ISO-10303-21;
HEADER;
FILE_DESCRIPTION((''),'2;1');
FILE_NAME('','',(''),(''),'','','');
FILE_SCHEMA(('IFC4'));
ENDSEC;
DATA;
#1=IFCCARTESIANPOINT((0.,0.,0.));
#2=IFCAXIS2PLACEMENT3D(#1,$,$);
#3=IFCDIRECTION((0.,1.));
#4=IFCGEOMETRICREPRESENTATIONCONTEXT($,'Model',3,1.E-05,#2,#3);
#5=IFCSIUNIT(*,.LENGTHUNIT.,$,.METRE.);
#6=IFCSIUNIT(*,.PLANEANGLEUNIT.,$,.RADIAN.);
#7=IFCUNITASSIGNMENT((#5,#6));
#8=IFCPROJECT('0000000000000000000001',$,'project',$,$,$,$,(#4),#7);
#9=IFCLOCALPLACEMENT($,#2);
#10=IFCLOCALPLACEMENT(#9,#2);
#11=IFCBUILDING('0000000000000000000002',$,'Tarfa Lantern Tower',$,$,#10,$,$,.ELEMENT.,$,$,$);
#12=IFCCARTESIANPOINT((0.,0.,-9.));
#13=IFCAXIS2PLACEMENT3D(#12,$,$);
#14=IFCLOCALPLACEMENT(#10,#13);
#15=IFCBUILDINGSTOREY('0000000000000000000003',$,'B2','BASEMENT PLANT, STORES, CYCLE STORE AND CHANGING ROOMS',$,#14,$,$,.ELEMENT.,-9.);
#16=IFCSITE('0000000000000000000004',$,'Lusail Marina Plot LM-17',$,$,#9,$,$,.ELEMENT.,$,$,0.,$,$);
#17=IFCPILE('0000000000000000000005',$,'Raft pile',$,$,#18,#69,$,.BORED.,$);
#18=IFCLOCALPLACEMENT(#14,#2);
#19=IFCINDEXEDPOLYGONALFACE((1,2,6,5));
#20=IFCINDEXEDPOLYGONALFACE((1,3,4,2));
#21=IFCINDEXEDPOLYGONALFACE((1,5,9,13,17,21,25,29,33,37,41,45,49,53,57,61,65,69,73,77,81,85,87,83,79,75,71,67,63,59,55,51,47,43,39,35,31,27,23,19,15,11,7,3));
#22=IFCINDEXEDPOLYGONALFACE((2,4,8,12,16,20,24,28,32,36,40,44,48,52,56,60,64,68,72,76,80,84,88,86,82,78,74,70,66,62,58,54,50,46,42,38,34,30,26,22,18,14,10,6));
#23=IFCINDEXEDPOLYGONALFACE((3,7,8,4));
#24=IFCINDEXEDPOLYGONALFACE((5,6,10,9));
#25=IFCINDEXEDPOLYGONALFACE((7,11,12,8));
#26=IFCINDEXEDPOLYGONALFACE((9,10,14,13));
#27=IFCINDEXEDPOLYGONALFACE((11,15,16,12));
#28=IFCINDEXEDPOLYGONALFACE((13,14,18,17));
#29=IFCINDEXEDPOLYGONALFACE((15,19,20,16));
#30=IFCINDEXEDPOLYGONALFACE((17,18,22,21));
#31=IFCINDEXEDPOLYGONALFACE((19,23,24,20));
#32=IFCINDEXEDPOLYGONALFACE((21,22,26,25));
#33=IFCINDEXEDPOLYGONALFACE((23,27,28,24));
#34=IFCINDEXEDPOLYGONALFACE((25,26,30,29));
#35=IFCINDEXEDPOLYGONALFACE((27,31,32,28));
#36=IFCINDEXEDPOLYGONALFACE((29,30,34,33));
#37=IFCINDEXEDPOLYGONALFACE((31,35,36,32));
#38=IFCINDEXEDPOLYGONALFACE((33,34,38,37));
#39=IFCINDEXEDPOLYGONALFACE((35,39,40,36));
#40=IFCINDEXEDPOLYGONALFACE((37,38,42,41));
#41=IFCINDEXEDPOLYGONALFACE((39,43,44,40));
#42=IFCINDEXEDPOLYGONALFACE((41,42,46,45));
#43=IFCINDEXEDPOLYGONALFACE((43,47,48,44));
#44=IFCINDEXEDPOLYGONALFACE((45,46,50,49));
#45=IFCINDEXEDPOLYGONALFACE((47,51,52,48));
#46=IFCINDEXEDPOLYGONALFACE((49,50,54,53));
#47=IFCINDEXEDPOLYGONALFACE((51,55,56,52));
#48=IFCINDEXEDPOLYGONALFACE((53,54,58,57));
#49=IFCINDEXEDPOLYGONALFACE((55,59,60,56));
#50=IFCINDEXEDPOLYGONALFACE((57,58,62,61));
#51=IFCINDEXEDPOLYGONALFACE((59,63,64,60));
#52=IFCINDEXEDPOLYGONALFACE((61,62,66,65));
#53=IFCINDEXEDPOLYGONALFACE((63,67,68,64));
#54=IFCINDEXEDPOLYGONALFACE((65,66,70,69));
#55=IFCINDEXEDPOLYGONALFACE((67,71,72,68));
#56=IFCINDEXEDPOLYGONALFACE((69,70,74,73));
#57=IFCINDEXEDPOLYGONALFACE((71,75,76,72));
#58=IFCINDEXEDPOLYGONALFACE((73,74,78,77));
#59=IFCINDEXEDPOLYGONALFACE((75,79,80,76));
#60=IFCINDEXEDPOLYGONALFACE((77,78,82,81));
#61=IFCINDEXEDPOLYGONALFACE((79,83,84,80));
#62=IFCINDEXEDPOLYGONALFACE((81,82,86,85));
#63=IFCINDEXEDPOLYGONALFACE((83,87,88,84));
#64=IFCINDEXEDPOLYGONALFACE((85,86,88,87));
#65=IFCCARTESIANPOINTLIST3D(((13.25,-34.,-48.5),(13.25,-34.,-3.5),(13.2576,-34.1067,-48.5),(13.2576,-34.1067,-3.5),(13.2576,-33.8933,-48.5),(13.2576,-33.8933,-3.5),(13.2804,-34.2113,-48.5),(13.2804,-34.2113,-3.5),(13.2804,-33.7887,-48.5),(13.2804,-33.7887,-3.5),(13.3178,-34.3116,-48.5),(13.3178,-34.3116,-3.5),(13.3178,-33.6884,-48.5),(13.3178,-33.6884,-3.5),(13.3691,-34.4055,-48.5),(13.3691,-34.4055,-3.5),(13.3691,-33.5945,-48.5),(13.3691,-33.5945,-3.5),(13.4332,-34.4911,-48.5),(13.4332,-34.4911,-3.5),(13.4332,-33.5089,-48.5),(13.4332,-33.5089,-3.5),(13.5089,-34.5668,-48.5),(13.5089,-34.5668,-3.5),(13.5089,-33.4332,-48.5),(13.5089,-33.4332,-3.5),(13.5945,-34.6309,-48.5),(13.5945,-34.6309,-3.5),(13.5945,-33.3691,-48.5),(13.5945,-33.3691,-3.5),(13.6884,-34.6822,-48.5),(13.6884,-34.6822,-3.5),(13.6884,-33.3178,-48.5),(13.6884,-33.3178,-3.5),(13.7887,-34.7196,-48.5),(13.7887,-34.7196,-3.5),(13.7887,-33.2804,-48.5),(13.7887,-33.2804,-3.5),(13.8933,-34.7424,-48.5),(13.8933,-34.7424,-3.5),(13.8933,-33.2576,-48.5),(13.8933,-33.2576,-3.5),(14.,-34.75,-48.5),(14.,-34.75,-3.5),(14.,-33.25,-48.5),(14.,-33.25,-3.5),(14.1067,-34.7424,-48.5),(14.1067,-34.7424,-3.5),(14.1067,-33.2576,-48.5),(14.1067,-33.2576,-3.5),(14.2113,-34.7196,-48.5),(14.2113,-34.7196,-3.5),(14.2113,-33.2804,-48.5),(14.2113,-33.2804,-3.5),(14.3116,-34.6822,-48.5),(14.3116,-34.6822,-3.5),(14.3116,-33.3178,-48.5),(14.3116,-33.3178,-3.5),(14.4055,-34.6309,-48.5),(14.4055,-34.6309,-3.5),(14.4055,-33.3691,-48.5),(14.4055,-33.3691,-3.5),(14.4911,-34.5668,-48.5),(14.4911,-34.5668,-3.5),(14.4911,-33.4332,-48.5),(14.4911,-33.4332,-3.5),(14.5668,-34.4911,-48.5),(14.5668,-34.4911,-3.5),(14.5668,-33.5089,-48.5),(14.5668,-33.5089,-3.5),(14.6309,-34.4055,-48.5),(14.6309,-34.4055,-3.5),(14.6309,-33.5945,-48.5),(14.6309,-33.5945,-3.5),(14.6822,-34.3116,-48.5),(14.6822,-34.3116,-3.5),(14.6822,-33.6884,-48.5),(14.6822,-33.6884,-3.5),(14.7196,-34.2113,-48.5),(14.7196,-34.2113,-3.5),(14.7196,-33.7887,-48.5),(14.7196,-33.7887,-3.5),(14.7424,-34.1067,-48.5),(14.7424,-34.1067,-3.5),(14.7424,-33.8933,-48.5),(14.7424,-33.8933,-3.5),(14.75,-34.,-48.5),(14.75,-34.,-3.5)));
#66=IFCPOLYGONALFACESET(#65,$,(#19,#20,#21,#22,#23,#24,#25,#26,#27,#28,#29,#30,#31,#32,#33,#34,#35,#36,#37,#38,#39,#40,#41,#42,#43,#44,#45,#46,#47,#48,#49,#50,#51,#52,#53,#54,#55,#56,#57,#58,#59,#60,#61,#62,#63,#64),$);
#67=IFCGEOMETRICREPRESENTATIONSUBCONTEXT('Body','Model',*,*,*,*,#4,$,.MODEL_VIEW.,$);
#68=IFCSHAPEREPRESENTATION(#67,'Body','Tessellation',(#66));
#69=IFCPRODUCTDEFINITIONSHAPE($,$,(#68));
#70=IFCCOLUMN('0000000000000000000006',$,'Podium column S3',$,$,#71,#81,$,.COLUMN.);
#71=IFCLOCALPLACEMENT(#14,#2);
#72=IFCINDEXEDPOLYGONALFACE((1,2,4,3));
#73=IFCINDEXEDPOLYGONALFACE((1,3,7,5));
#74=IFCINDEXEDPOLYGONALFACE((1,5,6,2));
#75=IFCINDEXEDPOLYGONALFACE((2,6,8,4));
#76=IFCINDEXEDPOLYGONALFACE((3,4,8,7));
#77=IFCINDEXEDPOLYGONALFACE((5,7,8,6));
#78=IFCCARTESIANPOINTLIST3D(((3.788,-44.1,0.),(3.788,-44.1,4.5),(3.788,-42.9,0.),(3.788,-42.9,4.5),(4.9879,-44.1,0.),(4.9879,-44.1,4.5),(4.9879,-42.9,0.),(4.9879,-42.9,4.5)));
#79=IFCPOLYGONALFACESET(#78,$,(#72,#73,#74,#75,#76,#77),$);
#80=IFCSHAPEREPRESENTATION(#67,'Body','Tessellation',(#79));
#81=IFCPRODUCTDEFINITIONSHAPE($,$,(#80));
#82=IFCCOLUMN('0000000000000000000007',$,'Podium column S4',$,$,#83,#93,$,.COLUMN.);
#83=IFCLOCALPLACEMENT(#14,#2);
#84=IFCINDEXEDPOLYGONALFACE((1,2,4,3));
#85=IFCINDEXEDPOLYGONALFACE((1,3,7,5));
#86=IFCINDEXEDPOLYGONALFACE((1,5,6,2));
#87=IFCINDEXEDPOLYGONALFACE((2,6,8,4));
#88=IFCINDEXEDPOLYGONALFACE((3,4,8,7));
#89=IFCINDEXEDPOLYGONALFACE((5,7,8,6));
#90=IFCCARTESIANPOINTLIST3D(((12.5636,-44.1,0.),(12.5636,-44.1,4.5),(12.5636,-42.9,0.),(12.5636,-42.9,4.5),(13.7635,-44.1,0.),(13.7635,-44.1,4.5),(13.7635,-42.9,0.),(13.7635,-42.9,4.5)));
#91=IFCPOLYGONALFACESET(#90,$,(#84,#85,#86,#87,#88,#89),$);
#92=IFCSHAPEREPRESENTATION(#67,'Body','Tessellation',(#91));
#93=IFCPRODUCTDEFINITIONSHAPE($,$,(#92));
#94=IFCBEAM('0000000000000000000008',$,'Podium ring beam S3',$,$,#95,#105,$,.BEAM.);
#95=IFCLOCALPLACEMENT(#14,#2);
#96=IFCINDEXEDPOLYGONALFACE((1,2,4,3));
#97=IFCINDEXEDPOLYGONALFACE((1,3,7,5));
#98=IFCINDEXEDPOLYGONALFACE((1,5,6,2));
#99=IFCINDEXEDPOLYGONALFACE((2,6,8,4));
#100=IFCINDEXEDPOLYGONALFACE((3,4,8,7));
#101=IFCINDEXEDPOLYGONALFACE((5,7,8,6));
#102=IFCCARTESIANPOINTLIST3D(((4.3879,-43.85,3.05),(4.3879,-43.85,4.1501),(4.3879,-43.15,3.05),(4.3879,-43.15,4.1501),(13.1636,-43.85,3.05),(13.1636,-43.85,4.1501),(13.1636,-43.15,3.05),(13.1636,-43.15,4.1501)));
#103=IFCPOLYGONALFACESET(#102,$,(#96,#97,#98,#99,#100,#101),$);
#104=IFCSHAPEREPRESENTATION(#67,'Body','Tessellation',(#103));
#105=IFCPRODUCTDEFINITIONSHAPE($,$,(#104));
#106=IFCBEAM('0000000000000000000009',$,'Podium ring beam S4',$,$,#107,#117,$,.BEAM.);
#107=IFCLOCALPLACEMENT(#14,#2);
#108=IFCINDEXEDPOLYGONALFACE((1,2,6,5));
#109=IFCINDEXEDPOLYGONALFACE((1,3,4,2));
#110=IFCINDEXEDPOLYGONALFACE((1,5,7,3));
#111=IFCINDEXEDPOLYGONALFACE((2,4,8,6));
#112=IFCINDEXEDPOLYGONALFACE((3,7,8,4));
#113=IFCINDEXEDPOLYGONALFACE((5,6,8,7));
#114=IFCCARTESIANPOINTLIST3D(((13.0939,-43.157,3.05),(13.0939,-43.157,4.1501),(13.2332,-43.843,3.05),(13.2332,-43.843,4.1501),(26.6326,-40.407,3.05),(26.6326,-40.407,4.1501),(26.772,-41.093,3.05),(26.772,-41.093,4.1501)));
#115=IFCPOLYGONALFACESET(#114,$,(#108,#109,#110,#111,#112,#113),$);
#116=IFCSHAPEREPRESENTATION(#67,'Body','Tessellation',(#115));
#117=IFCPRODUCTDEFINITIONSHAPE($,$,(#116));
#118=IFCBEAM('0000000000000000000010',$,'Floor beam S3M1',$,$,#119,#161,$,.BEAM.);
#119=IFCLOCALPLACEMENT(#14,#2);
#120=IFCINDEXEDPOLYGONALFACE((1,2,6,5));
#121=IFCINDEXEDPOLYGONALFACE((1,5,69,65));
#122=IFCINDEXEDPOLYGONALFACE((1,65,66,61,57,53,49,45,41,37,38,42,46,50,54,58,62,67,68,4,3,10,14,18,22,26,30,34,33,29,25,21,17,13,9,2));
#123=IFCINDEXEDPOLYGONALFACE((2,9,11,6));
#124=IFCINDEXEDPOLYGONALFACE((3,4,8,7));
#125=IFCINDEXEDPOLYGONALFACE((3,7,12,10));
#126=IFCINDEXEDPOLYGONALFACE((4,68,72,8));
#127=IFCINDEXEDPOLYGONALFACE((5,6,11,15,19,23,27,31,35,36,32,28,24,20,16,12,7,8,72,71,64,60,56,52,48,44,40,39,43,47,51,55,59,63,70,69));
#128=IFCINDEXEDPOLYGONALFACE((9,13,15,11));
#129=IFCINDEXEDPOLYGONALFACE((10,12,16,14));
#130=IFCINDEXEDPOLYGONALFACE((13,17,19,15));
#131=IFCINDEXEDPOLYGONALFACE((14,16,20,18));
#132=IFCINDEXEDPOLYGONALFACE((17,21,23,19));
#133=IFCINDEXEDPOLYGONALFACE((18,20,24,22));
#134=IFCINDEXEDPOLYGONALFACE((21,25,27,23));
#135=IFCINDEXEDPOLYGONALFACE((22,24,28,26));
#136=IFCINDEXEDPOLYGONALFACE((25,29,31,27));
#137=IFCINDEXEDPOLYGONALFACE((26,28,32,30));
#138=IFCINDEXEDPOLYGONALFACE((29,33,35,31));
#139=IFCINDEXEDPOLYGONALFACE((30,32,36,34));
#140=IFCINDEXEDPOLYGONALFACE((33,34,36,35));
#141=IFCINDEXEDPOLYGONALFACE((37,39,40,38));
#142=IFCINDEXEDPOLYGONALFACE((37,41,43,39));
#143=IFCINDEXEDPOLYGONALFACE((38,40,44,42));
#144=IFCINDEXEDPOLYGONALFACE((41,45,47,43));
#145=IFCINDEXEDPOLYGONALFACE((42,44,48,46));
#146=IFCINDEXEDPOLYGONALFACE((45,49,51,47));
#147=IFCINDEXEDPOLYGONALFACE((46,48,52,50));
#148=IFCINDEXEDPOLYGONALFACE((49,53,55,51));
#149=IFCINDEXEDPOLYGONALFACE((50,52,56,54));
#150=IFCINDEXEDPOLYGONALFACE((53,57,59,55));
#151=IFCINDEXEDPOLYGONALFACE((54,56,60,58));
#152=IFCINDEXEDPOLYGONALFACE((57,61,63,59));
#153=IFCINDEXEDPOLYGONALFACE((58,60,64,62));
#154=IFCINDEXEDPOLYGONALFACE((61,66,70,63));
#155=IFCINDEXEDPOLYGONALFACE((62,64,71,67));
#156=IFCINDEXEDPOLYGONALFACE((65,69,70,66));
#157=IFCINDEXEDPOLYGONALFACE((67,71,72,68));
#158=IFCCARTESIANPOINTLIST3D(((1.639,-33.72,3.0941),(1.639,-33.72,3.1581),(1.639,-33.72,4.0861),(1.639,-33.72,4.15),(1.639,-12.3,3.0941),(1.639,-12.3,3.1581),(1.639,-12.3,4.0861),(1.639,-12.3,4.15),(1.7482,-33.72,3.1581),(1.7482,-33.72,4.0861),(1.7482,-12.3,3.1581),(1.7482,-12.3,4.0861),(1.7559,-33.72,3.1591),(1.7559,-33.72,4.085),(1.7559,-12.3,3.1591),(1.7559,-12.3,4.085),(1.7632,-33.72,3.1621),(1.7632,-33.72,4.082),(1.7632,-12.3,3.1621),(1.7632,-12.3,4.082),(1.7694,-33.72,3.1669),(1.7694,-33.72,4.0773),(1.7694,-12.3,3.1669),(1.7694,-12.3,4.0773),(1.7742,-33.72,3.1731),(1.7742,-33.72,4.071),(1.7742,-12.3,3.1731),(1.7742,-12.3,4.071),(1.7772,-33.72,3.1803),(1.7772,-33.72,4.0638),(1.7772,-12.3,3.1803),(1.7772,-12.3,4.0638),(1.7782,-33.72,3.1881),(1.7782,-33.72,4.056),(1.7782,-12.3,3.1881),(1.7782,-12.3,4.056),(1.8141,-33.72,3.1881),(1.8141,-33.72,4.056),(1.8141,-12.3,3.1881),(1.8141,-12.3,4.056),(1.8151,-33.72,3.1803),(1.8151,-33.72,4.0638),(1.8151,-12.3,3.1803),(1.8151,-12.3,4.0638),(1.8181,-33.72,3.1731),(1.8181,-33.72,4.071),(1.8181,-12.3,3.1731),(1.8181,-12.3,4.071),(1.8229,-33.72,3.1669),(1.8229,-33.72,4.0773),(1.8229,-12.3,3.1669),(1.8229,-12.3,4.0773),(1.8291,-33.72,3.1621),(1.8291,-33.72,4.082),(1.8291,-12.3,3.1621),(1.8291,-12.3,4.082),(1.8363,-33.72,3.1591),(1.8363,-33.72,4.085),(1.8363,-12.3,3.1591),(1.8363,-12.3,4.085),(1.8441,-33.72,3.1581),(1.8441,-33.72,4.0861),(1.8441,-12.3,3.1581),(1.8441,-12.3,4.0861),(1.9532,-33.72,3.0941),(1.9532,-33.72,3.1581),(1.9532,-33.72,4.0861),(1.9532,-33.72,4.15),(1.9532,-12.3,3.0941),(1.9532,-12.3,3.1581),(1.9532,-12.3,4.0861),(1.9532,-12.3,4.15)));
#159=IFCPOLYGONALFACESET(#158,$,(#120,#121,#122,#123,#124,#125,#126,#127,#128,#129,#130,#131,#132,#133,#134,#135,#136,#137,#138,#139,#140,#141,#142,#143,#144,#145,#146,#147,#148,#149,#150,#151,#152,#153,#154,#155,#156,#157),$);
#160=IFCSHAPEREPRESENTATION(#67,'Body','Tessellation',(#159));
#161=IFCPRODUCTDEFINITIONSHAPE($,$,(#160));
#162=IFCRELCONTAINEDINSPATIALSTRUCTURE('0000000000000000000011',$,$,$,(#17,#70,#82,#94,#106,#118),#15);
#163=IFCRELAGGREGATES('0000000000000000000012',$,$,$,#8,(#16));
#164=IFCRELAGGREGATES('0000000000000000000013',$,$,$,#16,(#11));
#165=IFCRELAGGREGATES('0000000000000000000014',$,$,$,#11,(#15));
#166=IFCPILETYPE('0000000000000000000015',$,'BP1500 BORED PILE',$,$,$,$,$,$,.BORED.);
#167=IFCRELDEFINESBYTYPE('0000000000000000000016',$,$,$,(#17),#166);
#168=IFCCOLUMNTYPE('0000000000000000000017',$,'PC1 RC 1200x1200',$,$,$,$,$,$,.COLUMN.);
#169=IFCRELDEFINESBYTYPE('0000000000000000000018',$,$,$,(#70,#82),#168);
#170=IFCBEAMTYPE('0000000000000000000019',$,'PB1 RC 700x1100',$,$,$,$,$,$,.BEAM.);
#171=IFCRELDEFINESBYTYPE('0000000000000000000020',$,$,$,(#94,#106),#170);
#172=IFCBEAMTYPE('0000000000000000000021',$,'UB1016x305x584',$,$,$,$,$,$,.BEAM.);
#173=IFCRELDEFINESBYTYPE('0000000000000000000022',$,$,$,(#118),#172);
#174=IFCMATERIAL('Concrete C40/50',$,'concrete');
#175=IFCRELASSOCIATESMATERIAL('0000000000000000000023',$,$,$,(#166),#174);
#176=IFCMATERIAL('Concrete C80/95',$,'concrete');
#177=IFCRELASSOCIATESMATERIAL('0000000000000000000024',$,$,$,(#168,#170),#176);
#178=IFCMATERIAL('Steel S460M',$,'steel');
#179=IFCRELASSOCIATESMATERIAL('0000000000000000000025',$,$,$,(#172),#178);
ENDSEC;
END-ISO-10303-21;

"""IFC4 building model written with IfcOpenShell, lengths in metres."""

from ifc_helpers import new_model, si_unit, direction, frame, origin, origin_2d, place, context, subcontext, project, spatial, rectangle, circle, i_section, extrude, material, material_profile, profile_set, type_object, element, save


model = new_model("IFC4")

# Units and contexts
model_context = context("Model", 3, precision=1e-05, world=origin(), true_north=direction((0.0, 1.0)))
body_context = subcontext(model_context, "Body", "Model", "MODEL_VIEW")
ifc_project = project(units=[si_unit("LENGTHUNIT", "METRE"), si_unit("PLANEANGLEUNIT", "RADIAN")], contexts=[model_context])

# Site, building, storey
site_placement = place(None, origin())
site = spatial("IfcSite", under=ifc_project, at=site_placement, Name="Lusail Marina Plot LM-17", CompositionType="ELEMENT", RefElevation=0.0)
building_placement = place(site_placement, origin())
building = spatial("IfcBuilding", under=site, at=building_placement, Name="Tarfa Lantern Tower", CompositionType="ELEMENT")
storey_placement = place(building_placement, frame((0.0, 0.0, -9.0)))
storey = spatial("IfcBuildingStorey", under=building, at=storey_placement, Name="B2", Description="BASEMENT PLANT, STORES, CYCLE STORE AND CHANGING ROOMS", CompositionType="ELEMENT", Elevation=-9.0)

# Pile
ifc_material_1 = material(Name="Concrete C40/50", Category="concrete")
ifc_material_profile_1 = material_profile(ifc_material_1, circle(Radius=0.75, at=origin_2d()), Name="BORED PILE D1500")
ifc_profile_set_1 = profile_set([ifc_material_profile_1], Name="Concrete C40/50")
pile_type_1 = type_object("IfcPileType", Name="BP1500 BORED PILE", PredefinedType="BORED", material=ifc_profile_set_1)
for number, where, z_axis, x_axis, name in (
    (1, (14.0, -34.0, -3.5), (0.0, 0.0, -1.0), (1.0, 0.0, 0.0), "Raft pile"),
):
    element("IfcPile", number, at=place(storey_placement, frame(where, z_axis=z_axis, x_axis=x_axis)), inside=storey, type_object=pile_type_1, Name=name, PredefinedType="BORED", context=body_context, shape_type="SweptSolid", body=[
        extrude(circle(Radius=0.75, at=origin_2d()), origin(), (0.0, 0.0, 1.0), 45.0),
    ])

# Columns
ifc_material_2 = material(Name="Concrete C80/95", Category="concrete")
ifc_material_profile_2 = material_profile(ifc_material_2, rectangle(XDim=1.2, YDim=1.2, at=origin_2d()), Name="RC 1200x1200")
ifc_profile_set_2 = profile_set([ifc_material_profile_2], Name="Concrete C80/95")
column_type = type_object("IfcColumnType", Name="PC1 RC 1200x1200", PredefinedType="COLUMN", material=ifc_profile_set_2)
for number, where, z_axis, x_axis, name in (
    (2, (4.3879, -43.5, 0.0), (0.0, 0.0, 1.0), (1.0, 0.0, 0.0), "Podium column S3"),
    (3, (13.1636, -43.5, 0.0), (0.0, 0.0, 1.0), (1.0, 0.0, 0.0), "Podium column S4"),
):
    element("IfcColumn", number, at=place(storey_placement, frame(where, z_axis=z_axis, x_axis=x_axis)), inside=storey, type_object=column_type, Name=name, PredefinedType="COLUMN", context=body_context, shape_type="SweptSolid", body=[
        extrude(rectangle(XDim=1.2, YDim=1.2, at=origin_2d()), origin(), (0.0, 0.0, 1.0), 4.5),
    ])

# Beams
ifc_material_profile_3 = material_profile(ifc_material_2, rectangle(XDim=0.7, YDim=1.1001, at=origin_2d()), Name="RC 700x1100")
ifc_profile_set_3 = profile_set([ifc_material_profile_3], Name="Concrete C80/95")
beam_type_1 = type_object("IfcBeamType", Name="PB1 RC 700x1100", PredefinedType="BEAM", material=ifc_profile_set_3)
beam_1_placement = place(storey_placement, frame((4.3879, -43.5, 3.6001), z_axis=(1.0, 0.0, 0.0), x_axis=(0.0, 1.0, 0.0)))
element("IfcBeam", 4, at=beam_1_placement, inside=storey, type_object=beam_type_1, Name="Podium ring beam S3", PredefinedType="BEAM", context=body_context, shape_type="SweptSolid", body=[
    extrude(rectangle(XDim=0.7, YDim=1.1001, at=origin_2d()), origin(), (0.0, 0.0, 1.0), 8.7756),
])
beam_2_placement = place(storey_placement, frame((13.1636, -43.5, 3.6001), z_axis=(0.979988, 0.199055, 0.0), x_axis=(-0.199055, 0.979988, 0.0)))
element("IfcBeam", 5, at=beam_2_placement, inside=storey, type_object=beam_type_1, Name="Podium ring beam S4", PredefinedType="BEAM", context=body_context, shape_type="SweptSolid", body=[
    extrude(rectangle(XDim=0.7, YDim=1.1001, at=origin_2d()), origin(), (0.0, 0.0, 1.0), 13.8152),
])
ifc_material_3 = material(Name="Steel S460M", Category="steel")
ifc_material_profile_4 = material_profile(ifc_material_3, i_section(OverallWidth=0.3142, OverallDepth=1.0559, WebThickness=0.0359, FlangeThickness=0.064, FilletRadius=0.03, at=origin_2d()), Name="UB1016x305x584")
ifc_profile_set_4 = profile_set([ifc_material_profile_4], Name="Steel S460M")
beam_type_2 = type_object("IfcBeamType", Name="UB1016x305x584", PredefinedType="BEAM", material=ifc_profile_set_4)
for number, where, z_axis, x_axis, name in (
    (6, (1.7961, -33.72, 3.6221), (0.0, 1.0, 0.0), (-1.0, 0.0, 0.0), "Floor beam S3M1"),
):
    element("IfcBeam", number, at=place(storey_placement, frame(where, z_axis=z_axis, x_axis=x_axis)), inside=storey, type_object=beam_type_2, Name=name, PredefinedType="BEAM", context=body_context, shape_type="SweptSolid", body=[
        extrude(i_section(OverallWidth=0.3142, OverallDepth=1.0559, WebThickness=0.0359, FlangeThickness=0.064, FilletRadius=0.03, at=origin_2d()), origin(), (0.0, 0.0, 1.0), 21.4199),
    ])

save(model, "model.ifc")
